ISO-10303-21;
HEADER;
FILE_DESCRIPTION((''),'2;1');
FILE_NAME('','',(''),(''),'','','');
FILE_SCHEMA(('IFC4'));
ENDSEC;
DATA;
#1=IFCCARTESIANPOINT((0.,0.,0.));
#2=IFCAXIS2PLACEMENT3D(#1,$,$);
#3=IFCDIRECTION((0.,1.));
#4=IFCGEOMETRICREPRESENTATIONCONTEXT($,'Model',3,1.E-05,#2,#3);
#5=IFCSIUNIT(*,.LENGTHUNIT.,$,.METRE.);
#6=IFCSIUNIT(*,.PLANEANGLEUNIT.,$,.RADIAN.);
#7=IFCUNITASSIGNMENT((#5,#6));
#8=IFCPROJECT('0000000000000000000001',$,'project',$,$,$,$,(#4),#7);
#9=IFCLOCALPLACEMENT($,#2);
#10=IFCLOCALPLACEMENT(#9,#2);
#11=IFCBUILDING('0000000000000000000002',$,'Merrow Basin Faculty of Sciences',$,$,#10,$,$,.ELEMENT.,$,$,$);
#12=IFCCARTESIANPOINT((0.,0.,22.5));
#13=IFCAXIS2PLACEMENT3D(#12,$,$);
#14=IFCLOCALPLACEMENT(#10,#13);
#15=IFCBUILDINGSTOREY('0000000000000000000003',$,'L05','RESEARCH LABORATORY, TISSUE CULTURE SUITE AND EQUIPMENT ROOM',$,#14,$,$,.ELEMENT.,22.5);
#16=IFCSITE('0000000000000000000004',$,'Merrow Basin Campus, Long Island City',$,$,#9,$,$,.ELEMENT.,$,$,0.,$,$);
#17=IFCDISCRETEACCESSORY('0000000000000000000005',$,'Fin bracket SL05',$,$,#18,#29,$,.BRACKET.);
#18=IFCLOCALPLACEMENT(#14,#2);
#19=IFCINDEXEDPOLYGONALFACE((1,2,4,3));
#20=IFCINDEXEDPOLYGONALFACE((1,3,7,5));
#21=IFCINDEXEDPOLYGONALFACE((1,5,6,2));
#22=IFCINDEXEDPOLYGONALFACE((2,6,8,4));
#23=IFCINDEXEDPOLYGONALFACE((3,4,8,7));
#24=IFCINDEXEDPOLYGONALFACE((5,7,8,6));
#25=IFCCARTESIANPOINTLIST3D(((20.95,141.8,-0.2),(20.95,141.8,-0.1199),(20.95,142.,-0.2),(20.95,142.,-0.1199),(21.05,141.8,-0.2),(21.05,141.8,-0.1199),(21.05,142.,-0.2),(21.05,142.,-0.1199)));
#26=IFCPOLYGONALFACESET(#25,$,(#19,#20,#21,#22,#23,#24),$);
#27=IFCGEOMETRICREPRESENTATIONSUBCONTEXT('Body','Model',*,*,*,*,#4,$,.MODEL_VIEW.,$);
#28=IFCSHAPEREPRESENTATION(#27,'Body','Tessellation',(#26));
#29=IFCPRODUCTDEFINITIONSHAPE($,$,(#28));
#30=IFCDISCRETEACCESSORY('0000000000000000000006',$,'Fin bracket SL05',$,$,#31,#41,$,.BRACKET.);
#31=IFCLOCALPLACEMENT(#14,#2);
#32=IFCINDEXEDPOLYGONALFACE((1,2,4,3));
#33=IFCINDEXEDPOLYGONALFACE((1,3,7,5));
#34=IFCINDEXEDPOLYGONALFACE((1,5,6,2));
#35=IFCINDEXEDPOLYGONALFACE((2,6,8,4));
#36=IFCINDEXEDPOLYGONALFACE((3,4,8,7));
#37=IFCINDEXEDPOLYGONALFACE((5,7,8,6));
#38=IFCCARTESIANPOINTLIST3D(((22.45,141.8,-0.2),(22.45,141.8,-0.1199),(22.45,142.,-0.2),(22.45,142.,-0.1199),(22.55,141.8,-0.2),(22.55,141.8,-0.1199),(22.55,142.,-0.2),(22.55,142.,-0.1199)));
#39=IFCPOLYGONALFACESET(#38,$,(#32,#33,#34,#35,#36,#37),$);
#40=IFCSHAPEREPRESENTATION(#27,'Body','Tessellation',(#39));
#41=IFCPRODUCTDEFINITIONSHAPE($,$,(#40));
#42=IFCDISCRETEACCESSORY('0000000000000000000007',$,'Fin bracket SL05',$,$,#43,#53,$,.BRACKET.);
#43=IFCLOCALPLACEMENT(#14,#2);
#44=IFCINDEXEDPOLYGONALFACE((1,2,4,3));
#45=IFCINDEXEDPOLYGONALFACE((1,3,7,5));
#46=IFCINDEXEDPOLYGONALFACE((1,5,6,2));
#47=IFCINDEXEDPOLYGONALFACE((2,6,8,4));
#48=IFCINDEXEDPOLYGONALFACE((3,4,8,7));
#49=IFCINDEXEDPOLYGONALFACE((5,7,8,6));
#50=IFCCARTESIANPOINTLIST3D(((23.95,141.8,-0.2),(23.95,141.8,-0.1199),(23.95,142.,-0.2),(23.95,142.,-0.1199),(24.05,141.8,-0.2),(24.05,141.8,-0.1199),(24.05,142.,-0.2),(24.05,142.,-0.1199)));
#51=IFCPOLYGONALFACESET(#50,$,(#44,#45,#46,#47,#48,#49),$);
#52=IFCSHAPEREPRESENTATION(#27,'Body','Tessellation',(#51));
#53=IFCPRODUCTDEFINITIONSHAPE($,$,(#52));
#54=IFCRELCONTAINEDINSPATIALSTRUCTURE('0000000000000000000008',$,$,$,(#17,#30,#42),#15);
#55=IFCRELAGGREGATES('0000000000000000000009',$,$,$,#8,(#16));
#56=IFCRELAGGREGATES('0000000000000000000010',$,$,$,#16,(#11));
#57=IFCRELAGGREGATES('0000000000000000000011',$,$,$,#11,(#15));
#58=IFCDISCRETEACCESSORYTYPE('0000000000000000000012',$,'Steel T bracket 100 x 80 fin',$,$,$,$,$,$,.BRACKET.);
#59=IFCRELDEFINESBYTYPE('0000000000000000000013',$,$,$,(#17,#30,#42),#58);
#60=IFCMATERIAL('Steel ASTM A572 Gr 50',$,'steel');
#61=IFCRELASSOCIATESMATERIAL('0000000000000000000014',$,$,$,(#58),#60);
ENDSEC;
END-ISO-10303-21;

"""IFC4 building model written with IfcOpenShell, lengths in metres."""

from ifc_helpers import new_model, si_unit, direction, frame, origin, place, context, subcontext, project, spatial, polyline, outline, extrude, source, transform, mapped, material, type_object, element, save


model = new_model("IFC4")

# Units and contexts
model_context = context("Model", 3, precision=1e-05, world=origin(), true_north=direction((0.0, 1.0)))
body_context = subcontext(model_context, "Body", "Model", "MODEL_VIEW")
ifc_project = project(units=[si_unit("LENGTHUNIT", "METRE"), si_unit("PLANEANGLEUNIT", "RADIAN")], contexts=[model_context])

# Site, building, storey
site_placement = place(None, origin())
site = spatial("IfcSite", under=ifc_project, at=site_placement, Name="Merrow Basin Campus, Long Island City", CompositionType="ELEMENT", RefElevation=0.0)
building_placement = place(site_placement, origin())
building = spatial("IfcBuilding", under=site, at=building_placement, Name="Merrow Basin Faculty of Sciences", CompositionType="ELEMENT")
storey_placement = place(building_placement, frame((0.0, 0.0, 22.5)))
storey = spatial("IfcBuildingStorey", under=building, at=storey_placement, Name="L05", Description="RESEARCH LABORATORY, TISSUE CULTURE SUITE AND EQUIPMENT ROOM", CompositionType="ELEMENT", Elevation=22.5)

# Discrete accessories
ifc_material_1 = material(Name="Steel ASTM A572 Gr 50", Category="steel")
discrete_accessory_type_1 = type_object("IfcDiscreteAccessoryType", Name="Steel T bracket 100 x 80 fin", PredefinedType="BRACKET", material=ifc_material_1)
shared_shape_1 = source(origin(), body_context, "Body", "SweptSolid", [
    extrude(outline(polyline([(0.0, 0.0), (0.1001, 0.0), (0.1001, 0.0801), (0.0, 0.0801), (0.0, 0.0)])), origin(), (0.0, 0.0, 1.0), 0.2),
])
for number, where, z_axis, x_axis, name in (
    (1, (20.95, 142.0, -0.2), (0.0, -1.0, 0.0), (1.0, 0.0, 0.0), "Fin bracket SL05"),
    (2, (22.45, 142.0, -0.2), (0.0, -1.0, 0.0), (1.0, 0.0, 0.0), "Fin bracket SL05"),
    (3, (23.95, 142.0, -0.2), (0.0, -1.0, 0.0), (1.0, 0.0, 0.0), "Fin bracket SL05"),
):
    element("IfcDiscreteAccessory", number, at=place(storey_placement, frame(where, z_axis=z_axis, x_axis=x_axis)), inside=storey, type_object=discrete_accessory_type_1, Name=name, PredefinedType="BRACKET", context=body_context, shape_type="MappedRepresentation", body=[
        mapped(shared_shape_1, transform((0.0, 0.0, 0.0), scale=1.0)),
    ])

save(model, "model.ifc")
